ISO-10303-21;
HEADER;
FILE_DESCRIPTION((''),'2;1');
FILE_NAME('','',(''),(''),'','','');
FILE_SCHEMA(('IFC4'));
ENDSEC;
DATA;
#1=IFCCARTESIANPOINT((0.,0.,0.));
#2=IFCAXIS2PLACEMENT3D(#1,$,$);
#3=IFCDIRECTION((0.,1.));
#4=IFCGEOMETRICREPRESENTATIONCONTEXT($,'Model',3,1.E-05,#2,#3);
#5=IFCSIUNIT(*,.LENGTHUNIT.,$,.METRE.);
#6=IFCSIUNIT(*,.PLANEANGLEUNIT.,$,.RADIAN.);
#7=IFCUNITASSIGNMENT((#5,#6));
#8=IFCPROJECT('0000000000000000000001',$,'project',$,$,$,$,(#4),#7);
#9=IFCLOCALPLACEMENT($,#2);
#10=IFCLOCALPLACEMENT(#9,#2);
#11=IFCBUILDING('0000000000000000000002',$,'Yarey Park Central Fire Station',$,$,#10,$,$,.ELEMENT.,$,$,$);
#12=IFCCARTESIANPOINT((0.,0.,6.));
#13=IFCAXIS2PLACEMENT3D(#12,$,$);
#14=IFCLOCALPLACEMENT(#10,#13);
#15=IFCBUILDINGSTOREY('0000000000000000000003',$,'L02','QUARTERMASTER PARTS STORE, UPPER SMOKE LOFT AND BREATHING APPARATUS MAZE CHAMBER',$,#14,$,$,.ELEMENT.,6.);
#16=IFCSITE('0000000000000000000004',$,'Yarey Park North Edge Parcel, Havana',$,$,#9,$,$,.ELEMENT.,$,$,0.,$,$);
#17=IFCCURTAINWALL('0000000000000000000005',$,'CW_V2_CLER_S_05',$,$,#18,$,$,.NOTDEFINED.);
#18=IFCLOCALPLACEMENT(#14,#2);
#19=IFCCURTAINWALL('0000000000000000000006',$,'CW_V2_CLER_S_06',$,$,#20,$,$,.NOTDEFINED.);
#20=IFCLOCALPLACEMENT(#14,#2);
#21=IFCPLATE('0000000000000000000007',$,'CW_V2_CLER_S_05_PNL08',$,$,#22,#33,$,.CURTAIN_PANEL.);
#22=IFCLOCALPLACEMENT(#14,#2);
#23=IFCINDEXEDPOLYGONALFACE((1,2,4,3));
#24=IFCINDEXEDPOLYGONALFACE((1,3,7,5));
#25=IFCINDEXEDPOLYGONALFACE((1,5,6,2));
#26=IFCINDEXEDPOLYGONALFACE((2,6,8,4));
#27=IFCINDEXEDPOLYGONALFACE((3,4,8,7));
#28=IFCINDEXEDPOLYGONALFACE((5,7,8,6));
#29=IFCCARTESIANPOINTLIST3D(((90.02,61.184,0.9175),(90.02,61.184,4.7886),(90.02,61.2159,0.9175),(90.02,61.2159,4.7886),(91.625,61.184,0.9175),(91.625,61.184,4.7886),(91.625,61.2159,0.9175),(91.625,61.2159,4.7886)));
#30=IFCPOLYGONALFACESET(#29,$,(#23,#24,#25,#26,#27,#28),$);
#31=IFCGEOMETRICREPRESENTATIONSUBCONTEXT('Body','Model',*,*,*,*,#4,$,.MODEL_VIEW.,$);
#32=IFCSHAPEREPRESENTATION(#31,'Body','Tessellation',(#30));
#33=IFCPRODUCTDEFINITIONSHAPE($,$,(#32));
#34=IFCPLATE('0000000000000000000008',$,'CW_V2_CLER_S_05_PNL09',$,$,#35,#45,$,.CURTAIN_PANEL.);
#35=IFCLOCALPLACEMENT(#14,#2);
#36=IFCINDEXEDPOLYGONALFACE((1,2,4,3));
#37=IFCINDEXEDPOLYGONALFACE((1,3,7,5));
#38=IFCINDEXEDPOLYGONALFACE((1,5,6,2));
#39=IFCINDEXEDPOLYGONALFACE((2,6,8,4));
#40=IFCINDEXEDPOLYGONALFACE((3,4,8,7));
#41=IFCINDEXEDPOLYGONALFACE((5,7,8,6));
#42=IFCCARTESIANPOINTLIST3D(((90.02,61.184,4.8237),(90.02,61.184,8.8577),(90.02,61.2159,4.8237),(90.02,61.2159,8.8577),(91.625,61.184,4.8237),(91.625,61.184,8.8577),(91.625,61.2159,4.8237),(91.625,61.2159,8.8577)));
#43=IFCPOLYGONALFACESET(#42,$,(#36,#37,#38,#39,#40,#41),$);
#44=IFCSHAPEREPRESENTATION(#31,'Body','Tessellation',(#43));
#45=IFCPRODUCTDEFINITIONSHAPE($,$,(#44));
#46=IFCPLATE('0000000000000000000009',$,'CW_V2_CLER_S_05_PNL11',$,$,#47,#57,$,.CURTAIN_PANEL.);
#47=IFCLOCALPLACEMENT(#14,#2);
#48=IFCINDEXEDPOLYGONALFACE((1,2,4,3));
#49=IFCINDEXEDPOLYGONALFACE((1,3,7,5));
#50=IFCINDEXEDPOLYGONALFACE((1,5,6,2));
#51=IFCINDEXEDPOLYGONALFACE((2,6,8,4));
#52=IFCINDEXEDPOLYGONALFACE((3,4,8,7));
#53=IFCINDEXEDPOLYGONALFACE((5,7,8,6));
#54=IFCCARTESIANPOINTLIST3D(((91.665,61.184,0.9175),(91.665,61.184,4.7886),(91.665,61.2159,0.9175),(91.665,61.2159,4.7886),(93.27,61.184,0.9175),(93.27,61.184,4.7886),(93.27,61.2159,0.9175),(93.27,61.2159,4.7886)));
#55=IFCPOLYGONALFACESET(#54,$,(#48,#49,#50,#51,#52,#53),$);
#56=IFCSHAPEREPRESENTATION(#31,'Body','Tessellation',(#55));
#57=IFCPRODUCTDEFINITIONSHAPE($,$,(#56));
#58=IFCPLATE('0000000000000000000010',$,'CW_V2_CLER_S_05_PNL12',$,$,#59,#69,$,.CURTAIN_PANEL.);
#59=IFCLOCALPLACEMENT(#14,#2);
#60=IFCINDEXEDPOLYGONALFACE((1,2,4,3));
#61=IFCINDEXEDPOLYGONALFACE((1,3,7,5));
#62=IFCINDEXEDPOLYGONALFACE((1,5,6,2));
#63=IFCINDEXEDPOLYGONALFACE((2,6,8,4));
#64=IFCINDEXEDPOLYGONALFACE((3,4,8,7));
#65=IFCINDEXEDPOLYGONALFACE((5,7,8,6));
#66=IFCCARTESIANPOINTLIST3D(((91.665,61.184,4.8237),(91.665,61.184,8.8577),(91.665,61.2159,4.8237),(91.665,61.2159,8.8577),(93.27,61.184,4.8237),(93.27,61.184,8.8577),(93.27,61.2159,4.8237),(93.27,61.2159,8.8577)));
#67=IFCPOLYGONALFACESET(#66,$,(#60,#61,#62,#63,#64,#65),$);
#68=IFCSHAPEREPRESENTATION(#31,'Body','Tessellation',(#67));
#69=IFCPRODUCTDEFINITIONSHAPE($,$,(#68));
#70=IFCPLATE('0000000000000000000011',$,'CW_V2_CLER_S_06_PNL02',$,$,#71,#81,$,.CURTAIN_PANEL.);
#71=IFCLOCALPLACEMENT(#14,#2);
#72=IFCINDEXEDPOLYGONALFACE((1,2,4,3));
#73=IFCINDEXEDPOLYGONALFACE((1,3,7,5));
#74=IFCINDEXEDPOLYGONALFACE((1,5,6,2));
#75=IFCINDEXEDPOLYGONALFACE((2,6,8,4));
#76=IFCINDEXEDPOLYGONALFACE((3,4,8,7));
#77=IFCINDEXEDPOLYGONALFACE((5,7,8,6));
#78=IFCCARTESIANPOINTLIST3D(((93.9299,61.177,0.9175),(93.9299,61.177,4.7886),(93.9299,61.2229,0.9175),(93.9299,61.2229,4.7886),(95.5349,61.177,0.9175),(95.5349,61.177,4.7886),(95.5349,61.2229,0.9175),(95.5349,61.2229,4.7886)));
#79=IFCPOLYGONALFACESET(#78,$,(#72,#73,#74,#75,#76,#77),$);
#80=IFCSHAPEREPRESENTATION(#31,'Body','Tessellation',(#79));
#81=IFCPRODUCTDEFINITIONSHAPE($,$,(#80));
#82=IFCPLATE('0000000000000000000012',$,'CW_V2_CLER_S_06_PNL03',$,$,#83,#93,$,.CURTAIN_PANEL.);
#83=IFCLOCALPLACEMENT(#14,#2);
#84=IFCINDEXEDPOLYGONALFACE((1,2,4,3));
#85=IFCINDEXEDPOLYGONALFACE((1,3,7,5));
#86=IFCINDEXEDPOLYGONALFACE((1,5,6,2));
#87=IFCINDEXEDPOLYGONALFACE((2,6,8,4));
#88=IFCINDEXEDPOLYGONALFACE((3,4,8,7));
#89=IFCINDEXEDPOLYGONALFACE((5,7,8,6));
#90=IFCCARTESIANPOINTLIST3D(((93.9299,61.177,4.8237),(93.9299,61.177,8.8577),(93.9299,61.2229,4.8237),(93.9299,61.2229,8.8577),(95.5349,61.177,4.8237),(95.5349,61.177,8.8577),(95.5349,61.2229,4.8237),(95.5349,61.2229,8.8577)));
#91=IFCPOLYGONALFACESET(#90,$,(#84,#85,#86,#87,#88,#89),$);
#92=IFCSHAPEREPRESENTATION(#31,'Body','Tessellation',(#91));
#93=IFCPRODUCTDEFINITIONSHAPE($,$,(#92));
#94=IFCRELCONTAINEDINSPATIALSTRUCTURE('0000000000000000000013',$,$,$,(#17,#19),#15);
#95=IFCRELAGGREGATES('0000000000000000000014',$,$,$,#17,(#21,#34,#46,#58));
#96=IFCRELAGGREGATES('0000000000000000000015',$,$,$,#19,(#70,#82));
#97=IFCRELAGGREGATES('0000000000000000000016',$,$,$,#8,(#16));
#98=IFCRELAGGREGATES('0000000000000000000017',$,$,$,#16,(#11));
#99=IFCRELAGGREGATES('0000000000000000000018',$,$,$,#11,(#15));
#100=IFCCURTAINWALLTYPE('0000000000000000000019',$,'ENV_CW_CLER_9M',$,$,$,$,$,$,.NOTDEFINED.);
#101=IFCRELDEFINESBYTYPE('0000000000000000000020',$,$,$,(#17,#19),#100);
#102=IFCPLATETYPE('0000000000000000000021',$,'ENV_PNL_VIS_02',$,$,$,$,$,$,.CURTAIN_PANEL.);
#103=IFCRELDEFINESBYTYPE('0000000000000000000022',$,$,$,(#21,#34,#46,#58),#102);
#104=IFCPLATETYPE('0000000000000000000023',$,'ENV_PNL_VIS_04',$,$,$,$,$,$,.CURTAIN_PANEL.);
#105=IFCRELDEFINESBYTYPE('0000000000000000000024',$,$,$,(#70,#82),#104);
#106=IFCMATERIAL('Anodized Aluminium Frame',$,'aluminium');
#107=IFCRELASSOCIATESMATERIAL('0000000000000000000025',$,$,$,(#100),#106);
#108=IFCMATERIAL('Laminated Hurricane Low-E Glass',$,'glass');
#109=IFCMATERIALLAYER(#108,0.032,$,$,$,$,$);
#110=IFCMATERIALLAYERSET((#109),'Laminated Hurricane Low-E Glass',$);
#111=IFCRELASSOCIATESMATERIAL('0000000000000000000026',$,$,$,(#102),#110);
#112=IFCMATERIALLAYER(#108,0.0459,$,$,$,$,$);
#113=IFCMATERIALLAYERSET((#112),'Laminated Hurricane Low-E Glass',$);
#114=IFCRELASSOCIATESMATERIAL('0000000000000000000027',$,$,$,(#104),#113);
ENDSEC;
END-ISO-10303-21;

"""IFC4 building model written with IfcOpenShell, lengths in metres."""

from ifc_helpers import new_model, si_unit, direction, frame, origin, origin_2d, place, context, subcontext, project, spatial, rectangle, extrude, material, layer, layer_set, type_object, element, aggregate, save


model = new_model("IFC4")

# Units and contexts
model_context = context("Model", 3, precision=1e-05, world=origin(), true_north=direction((0.0, 1.0)))
body_context = subcontext(model_context, "Body", "Model", "MODEL_VIEW")
ifc_project = project(units=[si_unit("LENGTHUNIT", "METRE"), si_unit("PLANEANGLEUNIT", "RADIAN")], contexts=[model_context])

# Site, building, storey
site_placement = place(None, origin())
site = spatial("IfcSite", under=ifc_project, at=site_placement, Name="Yarey Park North Edge Parcel, Havana", CompositionType="ELEMENT", RefElevation=0.0)
building_placement = place(site_placement, origin())
building = spatial("IfcBuilding", under=site, at=building_placement, Name="Yarey Park Central Fire Station", CompositionType="ELEMENT")
storey_placement = place(building_placement, frame((0.0, 0.0, 6.0)))
storey = spatial("IfcBuildingStorey", under=building, at=storey_placement, Name="L02", Description="QUARTERMASTER PARTS STORE, UPPER SMOKE LOFT AND BREATHING APPARATUS MAZE CHAMBER", CompositionType="ELEMENT", Elevation=6.0)

# Curtain walls
ifc_material_1 = material(Name="Anodized Aluminium Frame", Category="aluminium")
curtain_wall_type = type_object("IfcCurtainWallType", Name="ENV_CW_CLER_9M", PredefinedType="NOTDEFINED", material=ifc_material_1)
curtain_wall_1_placement = place(storey_placement, origin())
curtain_wall_1 = element("IfcCurtainWall", 1, at=curtain_wall_1_placement, inside=storey, type_object=curtain_wall_type, Name="CW_V2_CLER_S_05", PredefinedType="NOTDEFINED")
curtain_wall_2_placement = place(storey_placement, origin())
curtain_wall_2 = element("IfcCurtainWall", 2, at=curtain_wall_2_placement, inside=storey, type_object=curtain_wall_type, Name="CW_V2_CLER_S_06", PredefinedType="NOTDEFINED")

# Plates
ifc_material_2 = material(Name="Laminated Hurricane Low-E Glass", Category="glass")
ifc_layer_1 = layer(ifc_material_2, 0.032)
ifc_layer_set_1 = layer_set([ifc_layer_1], Name="Laminated Hurricane Low-E Glass")
plate_type_1 = type_object("IfcPlateType", Name="ENV_PNL_VIS_02", PredefinedType="CURTAIN_PANEL", material=ifc_layer_set_1)
plate_1_placement = place(storey_placement, frame((90.8225, 61.2, 0.9175), z_axis=(0.0, 0.0, 1.0), x_axis=(1.0, 0.0, 0.0)))
plate_1 = element("IfcPlate", 3, at=plate_1_placement, type_object=plate_type_1, Name="CW_V2_CLER_S_05_PNL08", PredefinedType="CURTAIN_PANEL", context=body_context, shape_type="SweptSolid", body=[
    extrude(rectangle(XDim=1.605, YDim=0.032, at=origin_2d()), origin(), (0.0, 0.0, 1.0), 3.8711),
])
plate_2_placement = place(storey_placement, frame((90.8225, 61.2, 4.8237), z_axis=(0.0, 0.0, 1.0), x_axis=(1.0, 0.0, 0.0)))
plate_2 = element("IfcPlate", 4, at=plate_2_placement, type_object=plate_type_1, Name="CW_V2_CLER_S_05_PNL09", PredefinedType="CURTAIN_PANEL", context=body_context, shape_type="SweptSolid", body=[
    extrude(rectangle(XDim=1.605, YDim=0.032, at=origin_2d()), origin(), (0.0, 0.0, 1.0), 4.0339),
])
plate_3_placement = place(storey_placement, frame((92.4675, 61.2, 0.9175), z_axis=(0.0, 0.0, 1.0), x_axis=(1.0, 0.0, 0.0)))
plate_3 = element("IfcPlate", 5, at=plate_3_placement, type_object=plate_type_1, Name="CW_V2_CLER_S_05_PNL11", PredefinedType="CURTAIN_PANEL", context=body_context, shape_type="SweptSolid", body=[
    extrude(rectangle(XDim=1.605, YDim=0.032, at=origin_2d()), origin(), (0.0, 0.0, 1.0), 3.8711),
])
plate_4_placement = place(storey_placement, frame((92.4675, 61.2, 4.8237), z_axis=(0.0, 0.0, 1.0), x_axis=(1.0, 0.0, 0.0)))
plate_4 = element("IfcPlate", 6, at=plate_4_placement, type_object=plate_type_1, Name="CW_V2_CLER_S_05_PNL12", PredefinedType="CURTAIN_PANEL", context=body_context, shape_type="SweptSolid", body=[
    extrude(rectangle(XDim=1.605, YDim=0.032, at=origin_2d()), origin(), (0.0, 0.0, 1.0), 4.0339),
])
aggregate(curtain_wall_1, [plate_1, plate_2, plate_3, plate_4])
ifc_layer_2 = layer(ifc_material_2, 0.0459)
ifc_layer_set_2 = layer_set([ifc_layer_2], Name="Laminated Hurricane Low-E Glass")
plate_type_2 = type_object("IfcPlateType", Name="ENV_PNL_VIS_04", PredefinedType="CURTAIN_PANEL", material=ifc_layer_set_2)
plate_5_placement = place(storey_placement, frame((94.7324, 61.2, 0.9175), z_axis=(0.0, 0.0, 1.0), x_axis=(1.0, 0.0, 0.0)))
plate_5 = element("IfcPlate", 7, at=plate_5_placement, type_object=plate_type_2, Name="CW_V2_CLER_S_06_PNL02", PredefinedType="CURTAIN_PANEL", context=body_context, shape_type="SweptSolid", body=[
    extrude(rectangle(XDim=1.605, YDim=0.0459, at=origin_2d()), origin(), (0.0, 0.0, 1.0), 3.8711),
])
plate_6_placement = place(storey_placement, frame((94.7324, 61.2, 4.8237), z_axis=(0.0, 0.0, 1.0), x_axis=(1.0, 0.0, 0.0)))
plate_6 = element("IfcPlate", 8, at=plate_6_placement, type_object=plate_type_2, Name="CW_V2_CLER_S_06_PNL03", PredefinedType="CURTAIN_PANEL", context=body_context, shape_type="SweptSolid", body=[
    extrude(rectangle(XDim=1.605, YDim=0.0459, at=origin_2d()), origin(), (0.0, 0.0, 1.0), 4.0339),
])
aggregate(curtain_wall_2, [plate_5, plate_6])

save(model, "model.ifc")
